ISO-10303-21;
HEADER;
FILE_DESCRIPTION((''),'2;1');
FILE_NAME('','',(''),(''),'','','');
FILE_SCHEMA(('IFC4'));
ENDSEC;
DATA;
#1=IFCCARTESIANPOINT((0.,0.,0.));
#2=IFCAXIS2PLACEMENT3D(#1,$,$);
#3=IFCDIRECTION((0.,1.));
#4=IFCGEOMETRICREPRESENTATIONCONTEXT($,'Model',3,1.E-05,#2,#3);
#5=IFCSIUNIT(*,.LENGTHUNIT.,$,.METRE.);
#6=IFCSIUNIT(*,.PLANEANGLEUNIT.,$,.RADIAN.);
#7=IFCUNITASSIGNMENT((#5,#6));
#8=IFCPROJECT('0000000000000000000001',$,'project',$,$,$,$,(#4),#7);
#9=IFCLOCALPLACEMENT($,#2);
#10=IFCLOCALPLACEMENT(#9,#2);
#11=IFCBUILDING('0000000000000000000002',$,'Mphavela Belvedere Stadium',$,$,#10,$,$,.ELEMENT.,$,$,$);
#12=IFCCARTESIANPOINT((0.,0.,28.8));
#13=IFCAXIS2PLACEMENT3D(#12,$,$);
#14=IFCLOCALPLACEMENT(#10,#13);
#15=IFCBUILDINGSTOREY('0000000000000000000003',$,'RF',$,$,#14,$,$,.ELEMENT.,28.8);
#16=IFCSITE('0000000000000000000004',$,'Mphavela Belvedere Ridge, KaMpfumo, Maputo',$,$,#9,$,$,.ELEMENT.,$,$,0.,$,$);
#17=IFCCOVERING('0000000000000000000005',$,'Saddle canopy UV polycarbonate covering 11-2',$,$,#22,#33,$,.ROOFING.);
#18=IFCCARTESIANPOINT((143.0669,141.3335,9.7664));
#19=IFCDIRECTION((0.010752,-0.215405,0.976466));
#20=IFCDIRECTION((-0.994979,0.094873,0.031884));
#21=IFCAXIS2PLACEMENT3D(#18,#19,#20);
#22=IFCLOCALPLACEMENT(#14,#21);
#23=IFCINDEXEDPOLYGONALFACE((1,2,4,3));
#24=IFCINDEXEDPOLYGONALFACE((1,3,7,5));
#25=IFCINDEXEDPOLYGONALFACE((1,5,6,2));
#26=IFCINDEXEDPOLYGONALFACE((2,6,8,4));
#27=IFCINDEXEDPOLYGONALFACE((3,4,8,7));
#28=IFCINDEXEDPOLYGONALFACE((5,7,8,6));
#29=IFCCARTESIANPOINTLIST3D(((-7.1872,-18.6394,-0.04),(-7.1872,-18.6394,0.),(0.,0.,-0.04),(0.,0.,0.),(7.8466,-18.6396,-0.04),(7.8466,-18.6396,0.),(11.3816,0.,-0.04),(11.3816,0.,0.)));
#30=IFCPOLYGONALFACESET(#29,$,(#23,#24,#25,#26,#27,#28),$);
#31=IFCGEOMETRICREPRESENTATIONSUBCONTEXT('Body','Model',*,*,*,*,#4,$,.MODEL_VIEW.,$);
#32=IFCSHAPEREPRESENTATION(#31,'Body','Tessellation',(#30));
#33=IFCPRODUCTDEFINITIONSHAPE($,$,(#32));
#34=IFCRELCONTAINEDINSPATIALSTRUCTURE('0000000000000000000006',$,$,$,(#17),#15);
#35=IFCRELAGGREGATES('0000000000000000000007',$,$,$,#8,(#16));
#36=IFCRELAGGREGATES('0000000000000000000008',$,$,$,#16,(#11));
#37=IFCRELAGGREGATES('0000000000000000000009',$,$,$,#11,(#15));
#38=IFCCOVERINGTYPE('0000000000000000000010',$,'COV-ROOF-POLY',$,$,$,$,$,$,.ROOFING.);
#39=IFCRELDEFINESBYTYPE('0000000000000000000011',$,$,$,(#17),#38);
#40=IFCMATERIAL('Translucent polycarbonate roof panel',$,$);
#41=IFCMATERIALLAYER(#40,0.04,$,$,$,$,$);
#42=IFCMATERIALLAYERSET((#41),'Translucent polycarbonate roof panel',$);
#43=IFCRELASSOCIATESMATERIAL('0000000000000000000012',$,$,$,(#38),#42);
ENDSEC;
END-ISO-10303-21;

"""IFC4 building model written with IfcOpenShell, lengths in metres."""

from ifc_helpers import new_model, si_unit, direction, frame, origin, place, context, subcontext, project, spatial, polyline, outline, extrude, material, layer, layer_set, type_object, element, save


model = new_model("IFC4")

# Units and contexts
model_context = context("Model", 3, precision=1e-05, world=origin(), true_north=direction((0.0, 1.0)))
body_context = subcontext(model_context, "Body", "Model", "MODEL_VIEW")
ifc_project = project(units=[si_unit("LENGTHUNIT", "METRE"), si_unit("PLANEANGLEUNIT", "RADIAN")], contexts=[model_context])

# Site, building, storey
site_placement = place(None, origin())
site = spatial("IfcSite", under=ifc_project, at=site_placement, Name="Mphavela Belvedere Ridge, KaMpfumo, Maputo", CompositionType="ELEMENT", RefElevation=0.0)
building_placement = place(site_placement, origin())
building = spatial("IfcBuilding", under=site, at=building_placement, Name="Mphavela Belvedere Stadium", CompositionType="ELEMENT")
storey_placement = place(building_placement, frame((0.0, 0.0, 28.8)))
storey = spatial("IfcBuildingStorey", under=building, at=storey_placement, Name="RF", CompositionType="ELEMENT", Elevation=28.8)

# Covering
ifc_material_1 = material(Name="Translucent polycarbonate roof panel")
ifc_layer_1 = layer(ifc_material_1, 0.04)
ifc_layer_set_1 = layer_set([ifc_layer_1], Name="Translucent polycarbonate roof panel")
covering_type_1 = type_object("IfcCoveringType", Name="COV-ROOF-POLY", PredefinedType="ROOFING", material=ifc_layer_set_1)
covering_1_placement = place(storey_placement, frame((143.0669, 141.3335, 9.7664), z_axis=(0.010752, -0.215405, 0.976466), x_axis=(-0.994979, 0.094873, 0.031884)))
element("IfcCovering", 1, at=covering_1_placement, inside=storey, type_object=covering_type_1, Name="Saddle canopy UV polycarbonate covering 11-2", PredefinedType="ROOFING", context=body_context, shape_type="SweptSolid", body=[
    extrude(outline(polyline([(0.0, 0.0), (11.3816, 0.0), (7.8466, -18.6396), (-7.1872, -18.6394), (0.0, 0.0)])), origin(), (0.0, 0.0, -1.0), 0.04),
])

save(model, "model.ifc")
